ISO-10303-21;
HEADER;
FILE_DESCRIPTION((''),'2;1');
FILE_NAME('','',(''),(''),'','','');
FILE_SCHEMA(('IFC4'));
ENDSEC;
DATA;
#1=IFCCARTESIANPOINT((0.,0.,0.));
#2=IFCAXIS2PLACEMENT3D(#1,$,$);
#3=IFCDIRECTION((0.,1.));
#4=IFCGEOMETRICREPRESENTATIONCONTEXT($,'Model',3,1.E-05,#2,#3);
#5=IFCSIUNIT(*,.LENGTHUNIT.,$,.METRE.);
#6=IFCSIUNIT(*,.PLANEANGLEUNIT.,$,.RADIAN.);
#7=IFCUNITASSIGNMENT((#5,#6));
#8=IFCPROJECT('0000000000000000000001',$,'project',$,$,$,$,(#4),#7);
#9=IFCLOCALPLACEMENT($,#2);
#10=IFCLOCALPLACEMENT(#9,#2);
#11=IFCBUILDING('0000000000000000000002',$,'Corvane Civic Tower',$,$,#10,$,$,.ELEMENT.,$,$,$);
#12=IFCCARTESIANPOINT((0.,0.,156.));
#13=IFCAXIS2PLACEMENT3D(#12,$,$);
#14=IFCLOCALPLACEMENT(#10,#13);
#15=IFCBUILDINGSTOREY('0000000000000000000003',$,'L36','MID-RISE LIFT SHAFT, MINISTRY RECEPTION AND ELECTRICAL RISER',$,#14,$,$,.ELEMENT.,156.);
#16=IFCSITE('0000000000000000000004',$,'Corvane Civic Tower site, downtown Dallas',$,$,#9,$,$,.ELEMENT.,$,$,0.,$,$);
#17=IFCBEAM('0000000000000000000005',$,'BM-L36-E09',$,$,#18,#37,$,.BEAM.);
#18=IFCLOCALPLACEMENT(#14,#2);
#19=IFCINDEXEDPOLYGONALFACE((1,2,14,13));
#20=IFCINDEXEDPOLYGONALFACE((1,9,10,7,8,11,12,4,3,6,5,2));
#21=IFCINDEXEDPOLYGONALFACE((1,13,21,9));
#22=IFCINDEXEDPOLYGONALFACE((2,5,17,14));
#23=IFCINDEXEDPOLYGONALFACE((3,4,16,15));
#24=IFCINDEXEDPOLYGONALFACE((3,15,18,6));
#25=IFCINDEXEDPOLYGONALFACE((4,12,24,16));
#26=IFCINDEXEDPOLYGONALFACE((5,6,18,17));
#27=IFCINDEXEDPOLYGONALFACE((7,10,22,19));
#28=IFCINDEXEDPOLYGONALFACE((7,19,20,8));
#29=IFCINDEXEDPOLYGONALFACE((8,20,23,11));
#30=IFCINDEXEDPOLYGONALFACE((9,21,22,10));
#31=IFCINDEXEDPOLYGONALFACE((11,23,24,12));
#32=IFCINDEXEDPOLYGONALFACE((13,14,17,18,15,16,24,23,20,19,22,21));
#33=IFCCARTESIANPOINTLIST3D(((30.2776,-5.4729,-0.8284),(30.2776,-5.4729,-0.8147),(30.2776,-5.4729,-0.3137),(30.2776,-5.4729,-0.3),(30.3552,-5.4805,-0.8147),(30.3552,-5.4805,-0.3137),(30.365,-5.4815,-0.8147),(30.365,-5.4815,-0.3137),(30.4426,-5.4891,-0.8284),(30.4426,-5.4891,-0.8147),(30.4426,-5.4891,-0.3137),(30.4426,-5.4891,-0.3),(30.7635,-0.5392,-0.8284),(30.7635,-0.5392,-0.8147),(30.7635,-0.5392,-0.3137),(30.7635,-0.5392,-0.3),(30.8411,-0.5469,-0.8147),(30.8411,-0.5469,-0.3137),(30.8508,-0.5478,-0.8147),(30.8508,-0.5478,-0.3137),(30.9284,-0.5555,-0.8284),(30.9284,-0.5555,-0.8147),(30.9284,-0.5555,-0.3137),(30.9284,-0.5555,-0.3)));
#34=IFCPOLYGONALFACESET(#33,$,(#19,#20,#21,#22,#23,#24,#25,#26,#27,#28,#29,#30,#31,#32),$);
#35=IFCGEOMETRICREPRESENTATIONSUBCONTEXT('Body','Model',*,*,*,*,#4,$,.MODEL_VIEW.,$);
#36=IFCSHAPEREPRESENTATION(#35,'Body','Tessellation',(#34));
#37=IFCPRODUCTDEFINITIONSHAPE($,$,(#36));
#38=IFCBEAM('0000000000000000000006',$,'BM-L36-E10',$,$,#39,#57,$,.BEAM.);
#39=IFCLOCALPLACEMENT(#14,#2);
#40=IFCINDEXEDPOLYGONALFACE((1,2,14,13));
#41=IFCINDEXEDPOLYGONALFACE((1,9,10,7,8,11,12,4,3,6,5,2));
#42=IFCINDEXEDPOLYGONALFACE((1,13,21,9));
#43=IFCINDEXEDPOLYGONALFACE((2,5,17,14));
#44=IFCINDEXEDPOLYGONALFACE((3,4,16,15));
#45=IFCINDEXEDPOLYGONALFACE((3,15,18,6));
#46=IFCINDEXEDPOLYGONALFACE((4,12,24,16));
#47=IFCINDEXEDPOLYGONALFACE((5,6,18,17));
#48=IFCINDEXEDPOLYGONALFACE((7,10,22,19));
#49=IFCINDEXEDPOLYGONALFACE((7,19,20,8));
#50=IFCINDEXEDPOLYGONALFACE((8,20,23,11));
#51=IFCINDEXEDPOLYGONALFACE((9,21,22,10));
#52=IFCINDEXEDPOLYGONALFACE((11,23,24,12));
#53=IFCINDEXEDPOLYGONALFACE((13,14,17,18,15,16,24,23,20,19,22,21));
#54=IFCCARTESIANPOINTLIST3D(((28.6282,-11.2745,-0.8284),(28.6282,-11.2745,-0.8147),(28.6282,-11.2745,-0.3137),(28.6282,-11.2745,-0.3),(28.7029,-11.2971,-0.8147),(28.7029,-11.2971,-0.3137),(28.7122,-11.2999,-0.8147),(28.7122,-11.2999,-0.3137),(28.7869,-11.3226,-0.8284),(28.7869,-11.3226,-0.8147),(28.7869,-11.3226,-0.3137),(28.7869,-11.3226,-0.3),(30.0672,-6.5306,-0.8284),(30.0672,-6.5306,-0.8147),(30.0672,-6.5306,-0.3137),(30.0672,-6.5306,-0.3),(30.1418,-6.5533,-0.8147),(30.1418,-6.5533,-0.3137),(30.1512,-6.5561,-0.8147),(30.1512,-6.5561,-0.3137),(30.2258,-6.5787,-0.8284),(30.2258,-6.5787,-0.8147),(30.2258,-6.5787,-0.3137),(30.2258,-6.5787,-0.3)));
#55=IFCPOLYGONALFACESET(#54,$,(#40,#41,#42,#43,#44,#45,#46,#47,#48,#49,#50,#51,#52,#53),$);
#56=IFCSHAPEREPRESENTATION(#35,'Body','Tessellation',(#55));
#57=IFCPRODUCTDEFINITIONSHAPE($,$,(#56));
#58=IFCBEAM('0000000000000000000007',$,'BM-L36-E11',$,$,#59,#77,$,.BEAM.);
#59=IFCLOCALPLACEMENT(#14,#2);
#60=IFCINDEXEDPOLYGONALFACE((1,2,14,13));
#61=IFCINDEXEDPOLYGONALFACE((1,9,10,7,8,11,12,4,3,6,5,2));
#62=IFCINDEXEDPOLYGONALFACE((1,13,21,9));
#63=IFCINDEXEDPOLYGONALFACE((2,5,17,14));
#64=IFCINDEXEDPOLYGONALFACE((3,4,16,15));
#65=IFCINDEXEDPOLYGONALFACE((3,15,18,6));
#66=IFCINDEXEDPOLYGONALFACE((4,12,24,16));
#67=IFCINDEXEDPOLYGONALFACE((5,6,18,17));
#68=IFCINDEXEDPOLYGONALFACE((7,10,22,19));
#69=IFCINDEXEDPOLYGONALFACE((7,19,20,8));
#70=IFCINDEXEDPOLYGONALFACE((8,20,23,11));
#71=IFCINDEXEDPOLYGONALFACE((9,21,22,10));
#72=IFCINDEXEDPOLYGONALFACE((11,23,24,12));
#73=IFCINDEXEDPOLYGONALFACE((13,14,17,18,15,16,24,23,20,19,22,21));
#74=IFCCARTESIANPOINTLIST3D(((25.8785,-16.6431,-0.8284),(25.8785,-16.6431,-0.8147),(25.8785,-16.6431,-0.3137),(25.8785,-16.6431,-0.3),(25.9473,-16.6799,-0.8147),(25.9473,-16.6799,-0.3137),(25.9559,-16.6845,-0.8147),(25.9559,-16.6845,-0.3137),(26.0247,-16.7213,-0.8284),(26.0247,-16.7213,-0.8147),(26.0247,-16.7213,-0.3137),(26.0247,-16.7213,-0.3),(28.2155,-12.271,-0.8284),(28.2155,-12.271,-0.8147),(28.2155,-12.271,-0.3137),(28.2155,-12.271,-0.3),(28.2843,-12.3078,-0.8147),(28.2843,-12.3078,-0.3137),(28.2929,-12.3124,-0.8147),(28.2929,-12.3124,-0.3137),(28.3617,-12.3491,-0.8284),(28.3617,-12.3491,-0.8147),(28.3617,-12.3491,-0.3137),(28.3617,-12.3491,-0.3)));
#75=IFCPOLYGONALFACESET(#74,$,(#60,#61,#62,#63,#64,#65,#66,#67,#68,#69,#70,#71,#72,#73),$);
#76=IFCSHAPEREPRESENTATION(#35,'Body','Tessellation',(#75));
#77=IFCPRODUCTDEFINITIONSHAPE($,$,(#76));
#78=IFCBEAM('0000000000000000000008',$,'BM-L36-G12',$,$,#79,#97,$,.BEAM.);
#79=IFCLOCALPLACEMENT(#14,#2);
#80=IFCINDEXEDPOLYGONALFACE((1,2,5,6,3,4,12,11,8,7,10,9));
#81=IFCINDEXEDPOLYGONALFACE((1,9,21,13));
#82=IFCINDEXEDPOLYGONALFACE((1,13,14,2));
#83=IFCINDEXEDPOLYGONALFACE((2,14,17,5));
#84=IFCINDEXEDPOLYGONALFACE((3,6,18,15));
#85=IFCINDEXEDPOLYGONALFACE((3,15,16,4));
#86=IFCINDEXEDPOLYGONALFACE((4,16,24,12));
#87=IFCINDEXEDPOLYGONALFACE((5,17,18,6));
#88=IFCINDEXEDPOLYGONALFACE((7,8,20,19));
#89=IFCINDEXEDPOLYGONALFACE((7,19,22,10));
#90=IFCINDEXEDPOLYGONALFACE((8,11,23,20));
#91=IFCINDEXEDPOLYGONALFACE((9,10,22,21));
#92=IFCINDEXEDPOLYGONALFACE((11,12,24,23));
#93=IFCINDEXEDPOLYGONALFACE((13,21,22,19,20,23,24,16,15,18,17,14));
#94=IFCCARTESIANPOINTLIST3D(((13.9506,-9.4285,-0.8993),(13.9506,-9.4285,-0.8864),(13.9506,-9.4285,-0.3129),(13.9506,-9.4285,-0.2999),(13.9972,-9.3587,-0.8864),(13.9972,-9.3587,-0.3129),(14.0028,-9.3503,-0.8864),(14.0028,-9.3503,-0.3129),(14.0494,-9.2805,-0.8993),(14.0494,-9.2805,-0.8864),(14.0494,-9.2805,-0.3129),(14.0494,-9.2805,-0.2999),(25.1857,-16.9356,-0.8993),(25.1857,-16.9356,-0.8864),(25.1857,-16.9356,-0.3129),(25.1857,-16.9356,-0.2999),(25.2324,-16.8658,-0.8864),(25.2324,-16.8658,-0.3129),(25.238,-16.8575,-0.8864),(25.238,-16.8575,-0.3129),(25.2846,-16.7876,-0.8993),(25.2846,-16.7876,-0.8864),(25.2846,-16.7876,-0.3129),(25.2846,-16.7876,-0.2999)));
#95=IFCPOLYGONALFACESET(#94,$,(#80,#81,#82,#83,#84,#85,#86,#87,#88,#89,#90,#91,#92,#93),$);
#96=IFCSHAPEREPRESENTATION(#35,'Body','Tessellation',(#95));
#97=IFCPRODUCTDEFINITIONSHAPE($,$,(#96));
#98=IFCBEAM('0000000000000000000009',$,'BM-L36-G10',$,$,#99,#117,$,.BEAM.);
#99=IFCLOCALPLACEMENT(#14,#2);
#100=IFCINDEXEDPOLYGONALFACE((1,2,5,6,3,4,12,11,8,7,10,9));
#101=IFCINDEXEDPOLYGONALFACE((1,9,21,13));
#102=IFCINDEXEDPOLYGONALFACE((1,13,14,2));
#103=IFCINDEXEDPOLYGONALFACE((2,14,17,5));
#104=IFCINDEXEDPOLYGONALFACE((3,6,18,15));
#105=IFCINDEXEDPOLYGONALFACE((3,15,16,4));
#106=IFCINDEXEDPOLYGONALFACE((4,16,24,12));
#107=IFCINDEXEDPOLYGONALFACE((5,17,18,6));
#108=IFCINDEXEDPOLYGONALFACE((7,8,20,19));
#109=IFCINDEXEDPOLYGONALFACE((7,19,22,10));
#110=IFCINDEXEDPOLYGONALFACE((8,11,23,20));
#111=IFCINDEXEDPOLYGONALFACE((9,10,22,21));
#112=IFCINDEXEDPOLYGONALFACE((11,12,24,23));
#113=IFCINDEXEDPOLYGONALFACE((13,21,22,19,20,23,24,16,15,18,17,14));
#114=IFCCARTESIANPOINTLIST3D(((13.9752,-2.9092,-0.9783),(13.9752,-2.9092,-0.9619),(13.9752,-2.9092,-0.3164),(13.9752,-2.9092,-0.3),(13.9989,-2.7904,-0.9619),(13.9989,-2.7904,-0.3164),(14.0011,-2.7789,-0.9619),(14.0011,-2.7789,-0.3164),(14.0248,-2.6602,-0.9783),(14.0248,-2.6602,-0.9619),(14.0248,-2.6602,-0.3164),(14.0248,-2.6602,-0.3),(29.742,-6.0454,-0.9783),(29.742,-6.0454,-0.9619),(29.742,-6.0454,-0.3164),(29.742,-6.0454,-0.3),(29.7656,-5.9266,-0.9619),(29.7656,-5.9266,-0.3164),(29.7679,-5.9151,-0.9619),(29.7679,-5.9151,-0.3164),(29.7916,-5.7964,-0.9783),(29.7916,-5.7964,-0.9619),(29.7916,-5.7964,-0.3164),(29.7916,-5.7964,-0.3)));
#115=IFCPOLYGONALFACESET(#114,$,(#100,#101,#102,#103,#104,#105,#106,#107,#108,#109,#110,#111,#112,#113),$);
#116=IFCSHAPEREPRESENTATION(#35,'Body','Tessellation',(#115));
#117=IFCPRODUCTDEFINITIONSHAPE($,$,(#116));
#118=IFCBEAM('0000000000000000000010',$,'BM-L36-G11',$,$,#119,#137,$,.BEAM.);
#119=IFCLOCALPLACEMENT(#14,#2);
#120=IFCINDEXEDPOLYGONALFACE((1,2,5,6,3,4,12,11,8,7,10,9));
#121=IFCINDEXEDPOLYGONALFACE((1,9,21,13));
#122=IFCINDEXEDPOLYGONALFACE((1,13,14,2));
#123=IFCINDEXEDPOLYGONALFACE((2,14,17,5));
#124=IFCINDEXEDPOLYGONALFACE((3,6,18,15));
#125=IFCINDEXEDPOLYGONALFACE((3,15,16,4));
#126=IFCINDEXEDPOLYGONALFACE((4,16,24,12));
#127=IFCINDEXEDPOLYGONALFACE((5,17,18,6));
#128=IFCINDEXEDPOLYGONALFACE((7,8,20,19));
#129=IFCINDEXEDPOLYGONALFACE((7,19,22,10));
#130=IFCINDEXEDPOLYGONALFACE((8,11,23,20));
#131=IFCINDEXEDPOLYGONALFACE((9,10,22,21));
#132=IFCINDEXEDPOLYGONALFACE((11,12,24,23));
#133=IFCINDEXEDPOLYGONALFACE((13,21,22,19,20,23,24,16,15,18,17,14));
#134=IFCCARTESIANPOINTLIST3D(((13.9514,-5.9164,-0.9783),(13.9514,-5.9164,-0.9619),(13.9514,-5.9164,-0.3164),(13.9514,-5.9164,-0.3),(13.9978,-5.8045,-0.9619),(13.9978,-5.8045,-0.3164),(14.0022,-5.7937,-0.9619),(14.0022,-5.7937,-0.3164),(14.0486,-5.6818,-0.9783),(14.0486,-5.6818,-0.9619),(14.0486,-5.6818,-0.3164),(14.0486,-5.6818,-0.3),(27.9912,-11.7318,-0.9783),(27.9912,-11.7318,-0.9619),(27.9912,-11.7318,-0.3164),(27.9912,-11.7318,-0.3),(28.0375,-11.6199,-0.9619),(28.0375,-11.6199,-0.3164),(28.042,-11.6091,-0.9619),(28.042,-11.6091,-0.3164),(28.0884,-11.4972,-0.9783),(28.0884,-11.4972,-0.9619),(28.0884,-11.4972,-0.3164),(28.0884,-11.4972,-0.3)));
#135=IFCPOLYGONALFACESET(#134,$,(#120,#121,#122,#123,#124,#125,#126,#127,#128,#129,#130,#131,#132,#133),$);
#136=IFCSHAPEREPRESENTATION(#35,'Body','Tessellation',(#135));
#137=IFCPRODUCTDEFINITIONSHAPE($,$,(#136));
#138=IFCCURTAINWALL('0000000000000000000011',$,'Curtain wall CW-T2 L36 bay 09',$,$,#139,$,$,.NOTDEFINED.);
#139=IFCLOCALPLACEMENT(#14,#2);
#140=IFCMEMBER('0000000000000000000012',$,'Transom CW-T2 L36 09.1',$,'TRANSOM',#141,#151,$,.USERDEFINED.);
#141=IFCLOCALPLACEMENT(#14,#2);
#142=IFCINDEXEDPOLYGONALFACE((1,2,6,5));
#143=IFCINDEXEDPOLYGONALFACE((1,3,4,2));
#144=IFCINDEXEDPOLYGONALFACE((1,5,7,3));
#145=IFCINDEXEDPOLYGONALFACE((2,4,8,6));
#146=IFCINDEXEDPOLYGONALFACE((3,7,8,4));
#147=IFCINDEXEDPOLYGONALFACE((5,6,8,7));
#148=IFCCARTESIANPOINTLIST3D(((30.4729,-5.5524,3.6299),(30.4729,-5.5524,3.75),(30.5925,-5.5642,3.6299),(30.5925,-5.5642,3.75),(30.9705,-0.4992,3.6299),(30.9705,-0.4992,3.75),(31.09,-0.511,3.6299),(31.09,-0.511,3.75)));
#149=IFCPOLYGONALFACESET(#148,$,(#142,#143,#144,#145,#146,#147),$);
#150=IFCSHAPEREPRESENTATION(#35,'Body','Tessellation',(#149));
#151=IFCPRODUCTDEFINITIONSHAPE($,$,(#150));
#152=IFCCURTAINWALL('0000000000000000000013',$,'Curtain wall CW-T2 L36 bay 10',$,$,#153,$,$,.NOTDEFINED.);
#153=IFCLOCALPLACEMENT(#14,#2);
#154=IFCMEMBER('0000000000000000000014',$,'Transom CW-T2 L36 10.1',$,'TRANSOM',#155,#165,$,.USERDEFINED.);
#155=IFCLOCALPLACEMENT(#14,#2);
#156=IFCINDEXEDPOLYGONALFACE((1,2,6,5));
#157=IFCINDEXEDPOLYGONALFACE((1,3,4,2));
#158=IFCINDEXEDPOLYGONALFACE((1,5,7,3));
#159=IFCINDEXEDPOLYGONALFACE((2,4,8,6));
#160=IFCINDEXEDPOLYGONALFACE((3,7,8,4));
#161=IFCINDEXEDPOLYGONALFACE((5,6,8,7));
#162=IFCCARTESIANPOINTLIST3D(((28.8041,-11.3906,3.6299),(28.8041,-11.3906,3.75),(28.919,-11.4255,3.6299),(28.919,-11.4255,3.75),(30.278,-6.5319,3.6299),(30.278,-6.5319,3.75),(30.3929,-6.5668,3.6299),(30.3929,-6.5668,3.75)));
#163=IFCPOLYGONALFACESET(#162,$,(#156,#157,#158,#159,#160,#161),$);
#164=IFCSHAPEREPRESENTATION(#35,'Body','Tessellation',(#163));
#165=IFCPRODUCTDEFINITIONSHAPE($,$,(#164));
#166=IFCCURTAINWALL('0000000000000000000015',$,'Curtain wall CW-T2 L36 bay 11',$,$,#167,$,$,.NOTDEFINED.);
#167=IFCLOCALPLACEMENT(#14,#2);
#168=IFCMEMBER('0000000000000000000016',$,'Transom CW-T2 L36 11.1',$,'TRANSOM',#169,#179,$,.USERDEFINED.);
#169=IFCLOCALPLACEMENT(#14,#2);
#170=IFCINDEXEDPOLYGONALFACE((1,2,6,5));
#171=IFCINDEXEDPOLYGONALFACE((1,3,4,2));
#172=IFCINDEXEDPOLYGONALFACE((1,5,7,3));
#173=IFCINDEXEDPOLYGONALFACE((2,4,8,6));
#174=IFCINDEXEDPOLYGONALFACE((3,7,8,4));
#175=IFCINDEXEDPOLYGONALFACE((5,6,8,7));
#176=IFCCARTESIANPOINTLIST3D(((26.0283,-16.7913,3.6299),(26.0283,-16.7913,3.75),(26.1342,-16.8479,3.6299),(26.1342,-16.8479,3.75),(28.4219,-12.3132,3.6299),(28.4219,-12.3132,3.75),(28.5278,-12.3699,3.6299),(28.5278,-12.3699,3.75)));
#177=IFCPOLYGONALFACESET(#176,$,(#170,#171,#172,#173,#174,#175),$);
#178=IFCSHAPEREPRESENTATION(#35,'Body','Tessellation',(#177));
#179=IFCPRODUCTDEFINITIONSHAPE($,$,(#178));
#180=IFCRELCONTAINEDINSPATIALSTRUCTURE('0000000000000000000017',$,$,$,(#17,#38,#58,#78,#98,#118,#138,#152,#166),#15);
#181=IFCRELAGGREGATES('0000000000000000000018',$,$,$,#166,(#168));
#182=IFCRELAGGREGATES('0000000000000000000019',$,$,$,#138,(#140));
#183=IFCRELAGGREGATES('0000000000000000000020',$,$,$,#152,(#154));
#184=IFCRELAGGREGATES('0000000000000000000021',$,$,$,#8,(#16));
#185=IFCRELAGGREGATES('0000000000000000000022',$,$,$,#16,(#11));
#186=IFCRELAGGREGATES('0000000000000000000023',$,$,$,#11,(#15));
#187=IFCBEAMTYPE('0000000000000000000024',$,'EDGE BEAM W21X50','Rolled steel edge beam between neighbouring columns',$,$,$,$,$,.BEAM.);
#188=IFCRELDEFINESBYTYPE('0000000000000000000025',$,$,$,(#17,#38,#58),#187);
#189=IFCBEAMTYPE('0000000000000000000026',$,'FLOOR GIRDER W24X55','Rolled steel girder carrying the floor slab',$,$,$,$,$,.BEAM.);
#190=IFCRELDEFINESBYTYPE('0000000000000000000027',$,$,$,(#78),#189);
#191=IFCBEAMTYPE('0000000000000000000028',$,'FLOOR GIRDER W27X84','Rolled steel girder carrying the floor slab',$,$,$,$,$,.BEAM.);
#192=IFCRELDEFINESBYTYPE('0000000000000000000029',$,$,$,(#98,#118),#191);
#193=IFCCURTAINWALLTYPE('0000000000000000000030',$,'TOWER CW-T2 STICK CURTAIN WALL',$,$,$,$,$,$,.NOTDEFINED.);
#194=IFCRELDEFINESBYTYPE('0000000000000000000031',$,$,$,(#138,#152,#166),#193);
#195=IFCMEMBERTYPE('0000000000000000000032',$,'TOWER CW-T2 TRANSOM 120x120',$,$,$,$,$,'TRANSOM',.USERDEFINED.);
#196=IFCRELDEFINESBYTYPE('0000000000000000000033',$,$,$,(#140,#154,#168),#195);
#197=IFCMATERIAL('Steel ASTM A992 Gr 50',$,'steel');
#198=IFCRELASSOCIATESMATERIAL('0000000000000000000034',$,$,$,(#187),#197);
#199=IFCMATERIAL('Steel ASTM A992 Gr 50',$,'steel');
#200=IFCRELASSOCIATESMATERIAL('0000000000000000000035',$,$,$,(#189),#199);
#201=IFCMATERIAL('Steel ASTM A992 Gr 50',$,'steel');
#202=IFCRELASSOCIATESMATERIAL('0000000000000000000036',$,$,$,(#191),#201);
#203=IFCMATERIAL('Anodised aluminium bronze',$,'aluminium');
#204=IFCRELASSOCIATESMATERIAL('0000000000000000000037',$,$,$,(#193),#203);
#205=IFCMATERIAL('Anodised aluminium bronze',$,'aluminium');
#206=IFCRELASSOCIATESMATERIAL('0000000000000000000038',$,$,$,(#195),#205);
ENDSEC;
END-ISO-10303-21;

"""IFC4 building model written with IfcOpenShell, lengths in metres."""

from ifc_helpers import new_model, si_unit, direction, frame, origin, origin_2d, place, context, subcontext, project, spatial, rectangle, i_section, extrude, material, material_profile, profile_set, type_object, element, aggregate, save


model = new_model("IFC4")

# Units and contexts
model_context = context("Model", 3, precision=1e-05, world=origin(), true_north=direction((0.0, 1.0)))
body_context = subcontext(model_context, "Body", "Model", "MODEL_VIEW")
ifc_project = project(units=[si_unit("LENGTHUNIT", "METRE"), si_unit("PLANEANGLEUNIT", "RADIAN")], contexts=[model_context])

# Site, building, storey
site_placement = place(None, origin())
site = spatial("IfcSite", under=ifc_project, at=site_placement, Name="Corvane Civic Tower site, downtown Dallas", CompositionType="ELEMENT", RefElevation=0.0)
building_placement = place(site_placement, origin())
building = spatial("IfcBuilding", under=site, at=building_placement, Name="Corvane Civic Tower", CompositionType="ELEMENT")
storey_placement = place(building_placement, frame((0.0, 0.0, 156.0)))
storey = spatial("IfcBuildingStorey", under=building, at=storey_placement, Name="L36", Description="MID-RISE LIFT SHAFT, MINISTRY RECEPTION AND ELECTRICAL RISER", CompositionType="ELEMENT", Elevation=156.0)

# Beams
ifc_material_1 = material(Name="Steel ASTM A992 Gr 50", Category="steel")
ifc_material_profile_1 = material_profile(ifc_material_1, i_section(OverallWidth=0.1658, OverallDepth=0.5283, WebThickness=0.0098, FlangeThickness=0.0137, at=origin_2d()), Name="W21X50")
ifc_profile_set_1 = profile_set([ifc_material_profile_1], Name="Steel ASTM A992 Gr 50")
beam_type_1 = type_object("IfcBeamType", Name="EDGE BEAM W21X50", Description="Rolled steel edge beam between neighbouring columns", PredefinedType="BEAM", material=ifc_profile_set_1)
beam_1_placement = place(storey_placement, frame((30.8459, -0.5474, -0.5642), z_axis=(-0.098002, -0.995186, 0.0), x_axis=(0.995186, -0.098002, 0.0)))
element("IfcBeam", 1, at=beam_1_placement, inside=storey, type_object=beam_type_1, Name="BM-L36-E09", PredefinedType="BEAM", context=body_context, shape_type="SweptSolid", body=[
    extrude(i_section(OverallWidth=0.1658, OverallDepth=0.5283, WebThickness=0.0098, FlangeThickness=0.0137, at=origin_2d()), origin(), (0.0, 0.0, 1.0), 4.9575),
])
beam_2_placement = place(storey_placement, frame((30.1465, -6.5547, -0.5642), z_axis=(-0.29027, -0.956945, 0.0), x_axis=(0.956945, -0.29027, 0.0)))
element("IfcBeam", 2, at=beam_2_placement, inside=storey, type_object=beam_type_1, Name="BM-L36-E10", PredefinedType="BEAM", context=body_context, shape_type="SweptSolid", body=[
    extrude(i_section(OverallWidth=0.1658, OverallDepth=0.5283, WebThickness=0.0098, FlangeThickness=0.0137, at=origin_2d()), origin(), (0.0, 0.0, 1.0), 4.9573),
])
beam_3_placement = place(storey_placement, frame((28.2886, -12.3101, -0.5642), z_axis=(-0.471396, -0.881922, 0.0), x_axis=(0.881922, -0.471396, 0.0)))
element("IfcBeam", 3, at=beam_3_placement, inside=storey, type_object=beam_type_1, Name="BM-L36-E11", PredefinedType="BEAM", context=body_context, shape_type="SweptSolid", body=[
    extrude(i_section(OverallWidth=0.1658, OverallDepth=0.5283, WebThickness=0.0098, FlangeThickness=0.0137, at=origin_2d()), origin(), (0.0, 0.0, 1.0), 4.9575),
])
ifc_material_2 = material(Name="Steel ASTM A992 Gr 50", Category="steel")
ifc_material_profile_2 = material_profile(ifc_material_2, i_section(OverallWidth=0.178, OverallDepth=0.5994, WebThickness=0.01, FlangeThickness=0.0129, at=origin_2d()), Name="W24X55")
ifc_profile_set_2 = profile_set([ifc_material_profile_2], Name="Steel ASTM A992 Gr 50")
beam_type_2 = type_object("IfcBeamType", Name="FLOOR GIRDER W24X55", Description="Rolled steel girder carrying the floor slab", PredefinedType="BEAM", material=ifc_profile_set_2)
beam_4_placement = place(storey_placement, frame((14.0, -9.3545, -0.5996), z_axis=(0.831469, -0.555571, 0.0), x_axis=(0.555571, 0.831469, 0.0)))
element("IfcBeam", 4, at=beam_4_placement, inside=storey, type_object=beam_type_2, Name="BM-L36-G12", PredefinedType="BEAM", context=body_context, shape_type="SweptSolid", body=[
    extrude(i_section(OverallWidth=0.178, OverallDepth=0.5994, WebThickness=0.01, FlangeThickness=0.0129, at=origin_2d()), origin(), (0.0, 0.0, 1.0), 13.5125),
])
ifc_material_3 = material(Name="Steel ASTM A992 Gr 50", Category="steel")
ifc_material_profile_3 = material_profile(ifc_material_3, i_section(OverallWidth=0.2539, OverallDepth=0.6782, WebThickness=0.0117, FlangeThickness=0.0164, at=origin_2d()), Name="W27X84")
ifc_profile_set_3 = profile_set([ifc_material_profile_3], Name="Steel ASTM A992 Gr 50")
beam_type_3 = type_object("IfcBeamType", Name="FLOOR GIRDER W27X84", Description="Rolled steel girder carrying the floor slab", PredefinedType="BEAM", material=ifc_profile_set_3)
beam_5_placement = place(storey_placement, frame((14.0, -2.7847, -0.6392), z_axis=(0.980785, -0.195091, 0.0), x_axis=(0.195091, 0.980785, 0.0)))
element("IfcBeam", 5, at=beam_5_placement, inside=storey, type_object=beam_type_3, Name="BM-L36-G10", PredefinedType="BEAM", context=body_context, shape_type="SweptSolid", body=[
    extrude(i_section(OverallWidth=0.2539, OverallDepth=0.6782, WebThickness=0.0117, FlangeThickness=0.0164, at=origin_2d()), origin(), (0.0, 0.0, 1.0), 16.0757),
])
beam_6_placement = place(storey_placement, frame((14.0, -5.7991, -0.6392), z_axis=(0.923881, -0.382681, 0.0), x_axis=(0.382681, 0.923881, 0.0)))
element("IfcBeam", 6, at=beam_6_placement, inside=storey, type_object=beam_type_3, Name="BM-L36-G11", PredefinedType="BEAM", context=body_context, shape_type="SweptSolid", body=[
    extrude(i_section(OverallWidth=0.2539, OverallDepth=0.6782, WebThickness=0.0117, FlangeThickness=0.0164, at=origin_2d()), origin(), (0.0, 0.0, 1.0), 15.1965),
])

# Curtain walls, members
ifc_material_4 = material(Name="Anodised aluminium bronze", Category="aluminium")
curtain_wall_type = type_object("IfcCurtainWallType", Name="TOWER CW-T2 STICK CURTAIN WALL", PredefinedType="NOTDEFINED", material=ifc_material_4)
curtain_wall_1_placement = place(storey_placement, origin())
curtain_wall_1 = element("IfcCurtainWall", 7, at=curtain_wall_1_placement, inside=storey, type_object=curtain_wall_type, Name="Curtain wall CW-T2 L36 bay 09", PredefinedType="NOTDEFINED")
ifc_material_5 = material(Name="Anodised aluminium bronze", Category="aluminium")
ifc_material_profile_4 = material_profile(ifc_material_5, rectangle(XDim=0.1201, YDim=0.1201, at=origin_2d()), Name="TOWER CW-T2 TRANSOM 120x120")
ifc_profile_set_4 = profile_set([ifc_material_profile_4], Name="Anodised aluminium bronze")
member_type = type_object("IfcMemberType", Name="TOWER CW-T2 TRANSOM 120x120", ElementType="TRANSOM", PredefinedType="USERDEFINED", material=ifc_profile_set_4)
member_1_placement = place(storey_placement, frame((31.0303, -0.5051, 3.6899), z_axis=(-0.09799, -0.995187, 0.0), x_axis=(0.995187, -0.09799, 0.0)))
member_1 = element("IfcMember", 8, at=member_1_placement, type_object=member_type, Name="Transom CW-T2 L36 09.1", ObjectType="TRANSOM", PredefinedType="USERDEFINED", context=body_context, shape_type="SweptSolid", body=[
    extrude(rectangle(XDim=0.1201, YDim=0.1201, at=origin_2d()), origin(), (0.0, 0.0, 1.0), 5.0776),
])
curtain_wall_2_placement = place(storey_placement, origin())
curtain_wall_2 = element("IfcCurtainWall", 9, at=curtain_wall_2_placement, inside=storey, type_object=curtain_wall_type, Name="Curtain wall CW-T2 L36 bay 10", PredefinedType="NOTDEFINED")
member_2_placement = place(storey_placement, frame((30.3354, -6.5493, 3.6899), z_axis=(-0.290289, -0.956939, 0.0), x_axis=(0.956939, -0.290289, 0.0)))
member_2 = element("IfcMember", 10, at=member_2_placement, type_object=member_type, Name="Transom CW-T2 L36 10.1", ObjectType="TRANSOM", PredefinedType="USERDEFINED", context=body_context, shape_type="SweptSolid", body=[
    extrude(rectangle(XDim=0.1201, YDim=0.1201, at=origin_2d()), origin(), (0.0, 0.0, 1.0), 5.0774),
])
curtain_wall_3_placement = place(storey_placement, origin())
curtain_wall_3 = element("IfcCurtainWall", 11, at=curtain_wall_3_placement, inside=storey, type_object=curtain_wall_type, Name="Curtain wall CW-T2 L36 bay 11", PredefinedType="NOTDEFINED")
member_3_placement = place(storey_placement, frame((28.4749, -12.3416, 3.6899), z_axis=(-0.471397, -0.881921, 0.0), x_axis=(0.881921, -0.471397, 0.0)))
member_3 = element("IfcMember", 12, at=member_3_placement, type_object=member_type, Name="Transom CW-T2 L36 11.1", ObjectType="TRANSOM", PredefinedType="USERDEFINED", context=body_context, shape_type="SweptSolid", body=[
    extrude(rectangle(XDim=0.1201, YDim=0.1201, at=origin_2d()), origin(), (0.0, 0.0, 1.0), 5.0776),
])
aggregate(curtain_wall_3, [member_3])

aggregate(curtain_wall_1, [member_1])
aggregate(curtain_wall_2, [member_2])

save(model, "model.ifc")
